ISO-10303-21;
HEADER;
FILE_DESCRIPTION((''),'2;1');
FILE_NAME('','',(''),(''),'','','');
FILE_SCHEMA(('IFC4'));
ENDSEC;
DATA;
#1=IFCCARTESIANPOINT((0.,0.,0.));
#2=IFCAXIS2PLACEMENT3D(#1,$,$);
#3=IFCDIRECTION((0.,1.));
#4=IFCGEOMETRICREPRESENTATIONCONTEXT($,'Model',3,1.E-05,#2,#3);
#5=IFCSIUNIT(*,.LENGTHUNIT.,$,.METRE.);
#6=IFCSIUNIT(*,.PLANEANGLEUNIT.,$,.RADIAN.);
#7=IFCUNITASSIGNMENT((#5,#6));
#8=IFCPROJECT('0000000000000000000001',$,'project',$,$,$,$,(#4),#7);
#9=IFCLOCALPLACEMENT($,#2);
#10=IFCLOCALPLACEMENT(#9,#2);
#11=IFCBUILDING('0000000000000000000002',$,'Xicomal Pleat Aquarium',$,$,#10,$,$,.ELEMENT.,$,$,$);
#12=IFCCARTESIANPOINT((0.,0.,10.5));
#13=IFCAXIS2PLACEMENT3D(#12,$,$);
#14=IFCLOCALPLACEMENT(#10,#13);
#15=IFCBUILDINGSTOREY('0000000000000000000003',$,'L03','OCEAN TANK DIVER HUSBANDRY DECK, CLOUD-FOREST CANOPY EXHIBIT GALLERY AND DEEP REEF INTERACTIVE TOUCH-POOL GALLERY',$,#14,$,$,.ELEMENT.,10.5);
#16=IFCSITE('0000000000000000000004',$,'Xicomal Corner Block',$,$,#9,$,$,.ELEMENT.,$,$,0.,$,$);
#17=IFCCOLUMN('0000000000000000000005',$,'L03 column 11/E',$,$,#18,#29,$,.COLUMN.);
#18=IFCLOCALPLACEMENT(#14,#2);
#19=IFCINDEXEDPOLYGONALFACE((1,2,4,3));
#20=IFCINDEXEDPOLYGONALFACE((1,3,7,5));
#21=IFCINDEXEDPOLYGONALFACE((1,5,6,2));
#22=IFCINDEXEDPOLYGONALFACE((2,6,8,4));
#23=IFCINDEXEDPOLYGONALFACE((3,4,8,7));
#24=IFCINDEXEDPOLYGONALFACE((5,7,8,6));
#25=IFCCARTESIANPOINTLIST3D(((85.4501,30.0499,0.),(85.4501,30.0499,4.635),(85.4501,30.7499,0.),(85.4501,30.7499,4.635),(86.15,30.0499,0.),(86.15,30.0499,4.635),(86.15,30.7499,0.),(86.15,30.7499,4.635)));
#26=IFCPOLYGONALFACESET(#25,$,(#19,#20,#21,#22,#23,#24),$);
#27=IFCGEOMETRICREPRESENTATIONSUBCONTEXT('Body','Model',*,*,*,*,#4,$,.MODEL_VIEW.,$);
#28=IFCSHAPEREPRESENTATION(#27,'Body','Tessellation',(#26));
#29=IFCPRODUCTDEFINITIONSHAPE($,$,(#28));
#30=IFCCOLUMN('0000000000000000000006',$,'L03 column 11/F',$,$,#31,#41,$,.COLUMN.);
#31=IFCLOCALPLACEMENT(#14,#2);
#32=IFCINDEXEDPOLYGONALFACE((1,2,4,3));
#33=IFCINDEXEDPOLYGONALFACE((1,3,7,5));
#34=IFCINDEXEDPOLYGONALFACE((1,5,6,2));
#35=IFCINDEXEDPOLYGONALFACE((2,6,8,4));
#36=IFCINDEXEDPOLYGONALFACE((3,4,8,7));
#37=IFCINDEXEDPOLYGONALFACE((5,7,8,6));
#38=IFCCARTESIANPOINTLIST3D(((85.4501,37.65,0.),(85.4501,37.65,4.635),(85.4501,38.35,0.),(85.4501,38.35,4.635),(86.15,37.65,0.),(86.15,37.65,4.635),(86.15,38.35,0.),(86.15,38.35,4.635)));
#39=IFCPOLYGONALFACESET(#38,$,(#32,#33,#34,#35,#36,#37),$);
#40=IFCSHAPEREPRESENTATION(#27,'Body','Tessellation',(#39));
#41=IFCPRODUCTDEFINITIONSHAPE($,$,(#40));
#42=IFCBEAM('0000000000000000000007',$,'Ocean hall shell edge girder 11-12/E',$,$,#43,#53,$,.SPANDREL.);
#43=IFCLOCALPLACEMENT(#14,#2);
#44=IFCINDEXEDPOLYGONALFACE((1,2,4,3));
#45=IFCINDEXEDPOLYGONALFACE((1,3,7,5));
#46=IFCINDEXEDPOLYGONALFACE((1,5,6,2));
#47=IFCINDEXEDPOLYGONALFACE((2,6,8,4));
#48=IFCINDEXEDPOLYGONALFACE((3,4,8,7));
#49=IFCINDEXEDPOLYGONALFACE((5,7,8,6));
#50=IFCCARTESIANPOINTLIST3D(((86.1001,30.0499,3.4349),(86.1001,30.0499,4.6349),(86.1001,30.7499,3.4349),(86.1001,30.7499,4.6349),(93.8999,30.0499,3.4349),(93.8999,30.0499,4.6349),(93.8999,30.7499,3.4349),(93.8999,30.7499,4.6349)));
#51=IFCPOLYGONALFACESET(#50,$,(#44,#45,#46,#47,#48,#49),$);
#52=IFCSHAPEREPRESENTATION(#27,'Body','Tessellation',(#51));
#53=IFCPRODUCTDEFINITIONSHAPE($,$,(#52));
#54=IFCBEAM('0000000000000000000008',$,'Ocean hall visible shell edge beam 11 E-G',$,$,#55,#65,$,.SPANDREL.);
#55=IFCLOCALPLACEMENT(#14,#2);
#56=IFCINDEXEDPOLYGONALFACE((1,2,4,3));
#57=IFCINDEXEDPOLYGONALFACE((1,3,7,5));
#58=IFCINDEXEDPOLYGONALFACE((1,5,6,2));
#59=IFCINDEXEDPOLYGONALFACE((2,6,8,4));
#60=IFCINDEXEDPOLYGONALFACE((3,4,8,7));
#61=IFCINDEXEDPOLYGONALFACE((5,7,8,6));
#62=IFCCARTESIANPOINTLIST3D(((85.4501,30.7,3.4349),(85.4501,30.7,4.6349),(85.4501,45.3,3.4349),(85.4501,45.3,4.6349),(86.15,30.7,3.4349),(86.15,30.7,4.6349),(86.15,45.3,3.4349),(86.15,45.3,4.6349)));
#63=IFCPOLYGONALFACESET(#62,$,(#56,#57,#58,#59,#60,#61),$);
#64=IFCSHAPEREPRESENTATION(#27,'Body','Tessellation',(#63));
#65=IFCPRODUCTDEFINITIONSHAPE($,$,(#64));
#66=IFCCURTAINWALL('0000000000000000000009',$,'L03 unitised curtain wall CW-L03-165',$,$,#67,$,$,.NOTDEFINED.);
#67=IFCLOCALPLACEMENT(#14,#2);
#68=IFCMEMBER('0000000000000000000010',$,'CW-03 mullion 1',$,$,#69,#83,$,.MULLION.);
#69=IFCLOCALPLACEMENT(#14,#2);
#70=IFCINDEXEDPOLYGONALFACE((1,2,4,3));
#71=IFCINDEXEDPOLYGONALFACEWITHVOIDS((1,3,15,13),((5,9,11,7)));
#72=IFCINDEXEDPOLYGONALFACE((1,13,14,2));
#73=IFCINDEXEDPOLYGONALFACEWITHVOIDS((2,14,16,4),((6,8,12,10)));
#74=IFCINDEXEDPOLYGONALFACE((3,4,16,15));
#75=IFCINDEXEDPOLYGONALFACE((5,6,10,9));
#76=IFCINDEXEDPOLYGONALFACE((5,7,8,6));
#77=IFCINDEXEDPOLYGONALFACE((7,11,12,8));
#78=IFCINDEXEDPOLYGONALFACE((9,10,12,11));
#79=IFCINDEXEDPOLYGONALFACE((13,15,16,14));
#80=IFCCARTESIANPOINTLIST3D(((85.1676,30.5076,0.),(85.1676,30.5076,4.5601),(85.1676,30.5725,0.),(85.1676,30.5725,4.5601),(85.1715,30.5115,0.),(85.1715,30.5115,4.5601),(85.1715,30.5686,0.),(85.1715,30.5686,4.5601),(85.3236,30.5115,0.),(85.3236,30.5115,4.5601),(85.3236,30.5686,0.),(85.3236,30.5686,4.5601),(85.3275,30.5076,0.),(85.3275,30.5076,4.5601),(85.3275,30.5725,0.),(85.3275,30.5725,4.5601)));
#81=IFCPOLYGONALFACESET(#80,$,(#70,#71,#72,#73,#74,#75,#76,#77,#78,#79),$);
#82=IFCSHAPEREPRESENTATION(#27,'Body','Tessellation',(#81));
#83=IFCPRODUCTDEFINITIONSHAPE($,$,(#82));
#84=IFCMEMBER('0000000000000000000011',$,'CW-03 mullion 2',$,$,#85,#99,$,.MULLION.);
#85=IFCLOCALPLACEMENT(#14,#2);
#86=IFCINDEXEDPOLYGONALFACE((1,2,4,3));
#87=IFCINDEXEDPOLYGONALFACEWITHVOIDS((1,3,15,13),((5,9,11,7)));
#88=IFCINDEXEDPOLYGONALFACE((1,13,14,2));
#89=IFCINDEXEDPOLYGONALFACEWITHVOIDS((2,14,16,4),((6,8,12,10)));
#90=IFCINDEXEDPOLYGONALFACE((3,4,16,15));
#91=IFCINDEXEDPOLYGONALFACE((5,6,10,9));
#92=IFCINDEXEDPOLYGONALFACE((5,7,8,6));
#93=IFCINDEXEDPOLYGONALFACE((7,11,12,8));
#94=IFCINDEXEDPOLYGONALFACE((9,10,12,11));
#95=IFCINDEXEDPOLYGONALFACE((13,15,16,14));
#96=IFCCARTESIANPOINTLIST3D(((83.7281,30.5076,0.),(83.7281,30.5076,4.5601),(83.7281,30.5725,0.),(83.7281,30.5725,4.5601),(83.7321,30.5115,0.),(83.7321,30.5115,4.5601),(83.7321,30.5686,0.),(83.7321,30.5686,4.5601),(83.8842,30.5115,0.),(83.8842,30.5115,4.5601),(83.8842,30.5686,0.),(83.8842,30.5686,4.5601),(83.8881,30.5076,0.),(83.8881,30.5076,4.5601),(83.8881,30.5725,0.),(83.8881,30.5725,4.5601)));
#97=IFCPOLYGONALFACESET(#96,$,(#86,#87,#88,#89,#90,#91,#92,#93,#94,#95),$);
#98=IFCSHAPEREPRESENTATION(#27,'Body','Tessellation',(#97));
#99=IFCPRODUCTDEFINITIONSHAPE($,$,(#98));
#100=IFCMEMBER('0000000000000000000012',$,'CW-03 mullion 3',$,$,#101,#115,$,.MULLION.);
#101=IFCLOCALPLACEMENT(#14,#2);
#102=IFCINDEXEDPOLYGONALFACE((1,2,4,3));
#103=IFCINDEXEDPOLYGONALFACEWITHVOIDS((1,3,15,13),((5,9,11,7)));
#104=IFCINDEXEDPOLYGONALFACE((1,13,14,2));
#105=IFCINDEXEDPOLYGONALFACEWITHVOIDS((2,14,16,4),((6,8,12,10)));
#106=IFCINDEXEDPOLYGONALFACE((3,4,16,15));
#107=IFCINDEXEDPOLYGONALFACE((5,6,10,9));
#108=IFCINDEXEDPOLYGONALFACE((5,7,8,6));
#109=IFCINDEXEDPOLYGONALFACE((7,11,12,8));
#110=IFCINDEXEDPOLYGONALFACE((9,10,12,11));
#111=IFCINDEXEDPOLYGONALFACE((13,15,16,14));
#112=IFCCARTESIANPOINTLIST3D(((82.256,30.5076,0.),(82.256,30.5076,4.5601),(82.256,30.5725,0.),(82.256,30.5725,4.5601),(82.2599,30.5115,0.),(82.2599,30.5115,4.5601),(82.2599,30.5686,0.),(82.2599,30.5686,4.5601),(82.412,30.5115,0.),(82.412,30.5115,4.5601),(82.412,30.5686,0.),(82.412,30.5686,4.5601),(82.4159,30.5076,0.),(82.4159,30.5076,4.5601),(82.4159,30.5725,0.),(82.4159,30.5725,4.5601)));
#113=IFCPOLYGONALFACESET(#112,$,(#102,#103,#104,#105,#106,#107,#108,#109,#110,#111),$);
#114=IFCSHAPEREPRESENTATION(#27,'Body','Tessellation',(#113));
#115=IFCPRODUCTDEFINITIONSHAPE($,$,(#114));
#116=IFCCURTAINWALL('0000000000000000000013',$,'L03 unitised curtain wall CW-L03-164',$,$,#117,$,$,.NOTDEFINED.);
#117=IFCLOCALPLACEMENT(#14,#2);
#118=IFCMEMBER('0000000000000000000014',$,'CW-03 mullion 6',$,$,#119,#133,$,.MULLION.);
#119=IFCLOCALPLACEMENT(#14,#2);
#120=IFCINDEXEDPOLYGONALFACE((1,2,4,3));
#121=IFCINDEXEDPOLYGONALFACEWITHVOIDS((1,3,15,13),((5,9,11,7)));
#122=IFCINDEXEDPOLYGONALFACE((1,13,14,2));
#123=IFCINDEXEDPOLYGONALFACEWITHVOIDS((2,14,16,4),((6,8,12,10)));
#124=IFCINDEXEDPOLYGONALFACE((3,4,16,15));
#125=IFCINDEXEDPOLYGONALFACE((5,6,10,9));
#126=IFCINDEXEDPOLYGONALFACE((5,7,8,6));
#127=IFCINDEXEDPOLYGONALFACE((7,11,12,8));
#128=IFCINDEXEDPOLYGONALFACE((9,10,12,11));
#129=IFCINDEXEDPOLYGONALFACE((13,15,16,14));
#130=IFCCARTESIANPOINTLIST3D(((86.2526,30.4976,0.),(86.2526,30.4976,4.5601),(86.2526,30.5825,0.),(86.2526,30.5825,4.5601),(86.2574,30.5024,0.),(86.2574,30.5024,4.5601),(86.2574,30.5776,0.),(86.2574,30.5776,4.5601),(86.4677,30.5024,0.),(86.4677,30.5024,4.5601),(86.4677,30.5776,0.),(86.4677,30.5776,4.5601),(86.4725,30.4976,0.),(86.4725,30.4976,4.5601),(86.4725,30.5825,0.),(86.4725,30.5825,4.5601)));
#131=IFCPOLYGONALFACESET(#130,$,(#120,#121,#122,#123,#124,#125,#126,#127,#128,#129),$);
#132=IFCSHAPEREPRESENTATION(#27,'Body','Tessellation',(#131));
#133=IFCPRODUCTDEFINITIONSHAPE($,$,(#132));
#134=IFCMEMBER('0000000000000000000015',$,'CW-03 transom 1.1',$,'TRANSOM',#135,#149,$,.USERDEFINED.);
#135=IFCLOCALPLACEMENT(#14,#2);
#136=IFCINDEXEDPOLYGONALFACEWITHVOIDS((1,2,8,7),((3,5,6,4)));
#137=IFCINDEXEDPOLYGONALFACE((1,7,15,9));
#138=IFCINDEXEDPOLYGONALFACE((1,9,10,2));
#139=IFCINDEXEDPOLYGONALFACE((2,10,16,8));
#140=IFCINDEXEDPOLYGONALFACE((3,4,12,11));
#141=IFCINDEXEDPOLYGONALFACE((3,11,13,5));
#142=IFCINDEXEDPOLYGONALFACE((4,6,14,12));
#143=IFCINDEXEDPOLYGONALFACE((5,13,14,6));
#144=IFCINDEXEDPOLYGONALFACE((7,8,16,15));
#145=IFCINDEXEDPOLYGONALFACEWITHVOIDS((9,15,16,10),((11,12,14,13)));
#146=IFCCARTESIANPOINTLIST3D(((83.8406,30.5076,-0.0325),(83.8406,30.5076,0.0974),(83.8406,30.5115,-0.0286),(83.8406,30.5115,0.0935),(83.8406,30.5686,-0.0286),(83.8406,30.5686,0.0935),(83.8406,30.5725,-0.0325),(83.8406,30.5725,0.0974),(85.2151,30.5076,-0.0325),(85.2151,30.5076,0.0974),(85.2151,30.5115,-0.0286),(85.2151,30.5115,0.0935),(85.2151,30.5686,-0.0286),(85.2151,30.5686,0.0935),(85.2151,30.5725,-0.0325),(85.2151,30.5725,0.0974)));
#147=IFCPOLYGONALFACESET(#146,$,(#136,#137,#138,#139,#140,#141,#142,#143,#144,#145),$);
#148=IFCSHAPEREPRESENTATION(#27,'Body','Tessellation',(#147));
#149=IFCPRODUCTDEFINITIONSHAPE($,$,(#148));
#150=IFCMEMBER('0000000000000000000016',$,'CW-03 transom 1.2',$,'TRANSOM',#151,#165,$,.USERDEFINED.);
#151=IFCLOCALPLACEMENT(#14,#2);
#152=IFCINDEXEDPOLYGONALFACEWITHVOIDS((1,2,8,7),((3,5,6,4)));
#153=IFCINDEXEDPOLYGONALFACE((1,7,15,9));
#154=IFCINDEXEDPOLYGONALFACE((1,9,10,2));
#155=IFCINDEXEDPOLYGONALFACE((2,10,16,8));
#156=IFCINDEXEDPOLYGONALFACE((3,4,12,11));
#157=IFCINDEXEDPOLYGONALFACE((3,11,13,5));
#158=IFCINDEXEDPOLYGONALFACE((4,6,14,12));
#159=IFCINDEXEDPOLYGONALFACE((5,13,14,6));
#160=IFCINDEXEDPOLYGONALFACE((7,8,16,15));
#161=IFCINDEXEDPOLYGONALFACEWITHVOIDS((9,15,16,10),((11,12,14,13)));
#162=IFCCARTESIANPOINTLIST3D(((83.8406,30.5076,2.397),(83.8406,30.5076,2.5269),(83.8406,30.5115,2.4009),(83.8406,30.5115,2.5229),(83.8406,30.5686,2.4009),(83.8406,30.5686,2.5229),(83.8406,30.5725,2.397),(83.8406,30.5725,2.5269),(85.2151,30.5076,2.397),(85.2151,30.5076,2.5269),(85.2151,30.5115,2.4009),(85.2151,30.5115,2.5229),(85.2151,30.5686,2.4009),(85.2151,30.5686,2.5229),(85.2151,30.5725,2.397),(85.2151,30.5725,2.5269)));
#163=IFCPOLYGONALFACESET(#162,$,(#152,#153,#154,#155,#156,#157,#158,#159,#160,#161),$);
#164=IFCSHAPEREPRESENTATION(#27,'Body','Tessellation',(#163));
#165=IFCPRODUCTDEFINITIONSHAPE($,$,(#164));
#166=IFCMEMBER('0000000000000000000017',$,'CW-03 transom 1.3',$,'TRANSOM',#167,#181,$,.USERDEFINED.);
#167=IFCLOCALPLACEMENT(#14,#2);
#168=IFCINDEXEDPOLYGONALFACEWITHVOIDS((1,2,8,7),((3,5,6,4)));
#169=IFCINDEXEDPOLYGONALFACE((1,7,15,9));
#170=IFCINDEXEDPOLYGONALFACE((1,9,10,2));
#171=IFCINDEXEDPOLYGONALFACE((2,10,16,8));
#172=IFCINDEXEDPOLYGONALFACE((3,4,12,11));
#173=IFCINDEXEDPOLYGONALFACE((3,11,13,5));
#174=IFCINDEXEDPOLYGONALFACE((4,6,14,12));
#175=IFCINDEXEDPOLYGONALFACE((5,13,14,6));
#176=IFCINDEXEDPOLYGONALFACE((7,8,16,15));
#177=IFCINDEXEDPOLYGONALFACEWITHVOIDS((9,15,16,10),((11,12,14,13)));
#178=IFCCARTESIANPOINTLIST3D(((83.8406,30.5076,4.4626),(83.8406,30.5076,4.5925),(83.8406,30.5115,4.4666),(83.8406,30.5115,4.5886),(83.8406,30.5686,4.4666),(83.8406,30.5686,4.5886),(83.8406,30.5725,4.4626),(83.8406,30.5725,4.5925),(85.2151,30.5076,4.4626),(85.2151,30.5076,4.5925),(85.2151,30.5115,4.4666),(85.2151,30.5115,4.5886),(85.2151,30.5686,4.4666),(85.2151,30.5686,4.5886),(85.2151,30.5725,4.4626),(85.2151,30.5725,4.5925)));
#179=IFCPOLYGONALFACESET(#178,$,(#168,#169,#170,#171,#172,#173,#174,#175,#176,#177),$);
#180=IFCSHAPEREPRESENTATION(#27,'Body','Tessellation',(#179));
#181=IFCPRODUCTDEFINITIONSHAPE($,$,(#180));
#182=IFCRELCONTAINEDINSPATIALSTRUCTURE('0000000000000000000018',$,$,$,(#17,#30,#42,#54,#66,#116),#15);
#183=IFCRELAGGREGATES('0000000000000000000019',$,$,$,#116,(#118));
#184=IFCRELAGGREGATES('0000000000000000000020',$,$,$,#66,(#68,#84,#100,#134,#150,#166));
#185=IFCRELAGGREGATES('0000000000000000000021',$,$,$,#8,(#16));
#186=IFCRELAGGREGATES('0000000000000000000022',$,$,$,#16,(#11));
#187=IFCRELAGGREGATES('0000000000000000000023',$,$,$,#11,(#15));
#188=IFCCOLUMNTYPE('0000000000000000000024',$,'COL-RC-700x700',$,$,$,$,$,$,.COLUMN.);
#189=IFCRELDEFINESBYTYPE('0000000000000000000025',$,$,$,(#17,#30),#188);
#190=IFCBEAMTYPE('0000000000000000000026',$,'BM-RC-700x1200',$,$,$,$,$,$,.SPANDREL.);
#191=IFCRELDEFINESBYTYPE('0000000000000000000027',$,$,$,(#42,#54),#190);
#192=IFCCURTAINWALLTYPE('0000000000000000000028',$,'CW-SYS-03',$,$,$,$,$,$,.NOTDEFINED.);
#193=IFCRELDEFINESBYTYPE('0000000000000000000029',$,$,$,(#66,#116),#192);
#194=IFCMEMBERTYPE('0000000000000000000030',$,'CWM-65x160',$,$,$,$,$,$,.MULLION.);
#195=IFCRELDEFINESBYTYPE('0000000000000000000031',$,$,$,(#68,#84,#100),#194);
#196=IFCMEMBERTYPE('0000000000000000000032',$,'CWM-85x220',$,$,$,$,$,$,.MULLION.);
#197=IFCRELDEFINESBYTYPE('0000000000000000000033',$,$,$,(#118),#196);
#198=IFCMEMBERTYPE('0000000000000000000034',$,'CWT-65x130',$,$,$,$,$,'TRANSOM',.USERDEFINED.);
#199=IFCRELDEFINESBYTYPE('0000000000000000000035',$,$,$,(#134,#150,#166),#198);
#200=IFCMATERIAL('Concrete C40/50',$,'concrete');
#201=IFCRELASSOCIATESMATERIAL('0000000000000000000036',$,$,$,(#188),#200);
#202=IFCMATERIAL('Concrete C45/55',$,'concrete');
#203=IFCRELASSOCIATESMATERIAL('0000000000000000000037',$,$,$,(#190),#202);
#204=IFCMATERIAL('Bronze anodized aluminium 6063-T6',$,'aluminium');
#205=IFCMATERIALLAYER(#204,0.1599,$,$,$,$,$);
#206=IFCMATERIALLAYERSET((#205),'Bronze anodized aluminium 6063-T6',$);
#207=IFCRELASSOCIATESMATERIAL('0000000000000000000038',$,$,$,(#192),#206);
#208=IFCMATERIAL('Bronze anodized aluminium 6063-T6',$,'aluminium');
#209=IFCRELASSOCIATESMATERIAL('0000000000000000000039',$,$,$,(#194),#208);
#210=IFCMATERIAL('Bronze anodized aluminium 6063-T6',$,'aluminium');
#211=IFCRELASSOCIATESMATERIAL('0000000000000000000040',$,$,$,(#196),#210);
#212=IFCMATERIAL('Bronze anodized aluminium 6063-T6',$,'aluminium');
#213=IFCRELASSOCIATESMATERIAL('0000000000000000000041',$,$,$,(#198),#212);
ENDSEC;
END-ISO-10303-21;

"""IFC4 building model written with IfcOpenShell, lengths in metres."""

from ifc_helpers import new_model, si_unit, direction, frame, origin, origin_2d, place, context, subcontext, project, spatial, rectangle, hollow_rectangle, extrude, material, layer, layer_set, material_profile, profile_set, type_object, element, aggregate, save


model = new_model("IFC4")

# Units and contexts
model_context = context("Model", 3, precision=1e-05, world=origin(), true_north=direction((0.0, 1.0)))
body_context = subcontext(model_context, "Body", "Model", "MODEL_VIEW")
ifc_project = project(units=[si_unit("LENGTHUNIT", "METRE"), si_unit("PLANEANGLEUNIT", "RADIAN")], contexts=[model_context])

# Site, building, storey
site_placement = place(None, origin())
site = spatial("IfcSite", under=ifc_project, at=site_placement, Name="Xicomal Corner Block", CompositionType="ELEMENT", RefElevation=0.0)
building_placement = place(site_placement, origin())
building = spatial("IfcBuilding", under=site, at=building_placement, Name="Xicomal Pleat Aquarium", CompositionType="ELEMENT")
storey_placement = place(building_placement, frame((0.0, 0.0, 10.5)))
storey = spatial("IfcBuildingStorey", under=building, at=storey_placement, Name="L03", Description="OCEAN TANK DIVER HUSBANDRY DECK, CLOUD-FOREST CANOPY EXHIBIT GALLERY AND DEEP REEF INTERACTIVE TOUCH-POOL GALLERY", CompositionType="ELEMENT", Elevation=10.5)

# Columns
ifc_material_1 = material(Name="Concrete C40/50", Category="concrete")
ifc_material_profile_1 = material_profile(ifc_material_1, rectangle(XDim=0.7, YDim=0.7, at=origin_2d()), Name="RC 700x700")
ifc_profile_set_1 = profile_set([ifc_material_profile_1], Name="Concrete C40/50")
column_type = type_object("IfcColumnType", Name="COL-RC-700x700", PredefinedType="COLUMN", material=ifc_profile_set_1)
for number, where, z_axis, x_axis, name in (
    (1, (85.8, 30.3999, 0.0), (0.0, 0.0, 1.0), (1.0, 0.0, 0.0), "L03 column 11/E"),
    (2, (85.8, 38.0, 0.0), (0.0, 0.0, 1.0), (1.0, 0.0, 0.0), "L03 column 11/F"),
):
    element("IfcColumn", number, at=place(storey_placement, frame(where, z_axis=z_axis, x_axis=x_axis)), inside=storey, type_object=column_type, Name=name, PredefinedType="COLUMN", context=body_context, shape_type="SweptSolid", body=[
        extrude(rectangle(XDim=0.7, YDim=0.7, at=origin_2d()), origin(), (0.0, 0.0, 1.0), 4.635),
    ])

# Beams
ifc_material_2 = material(Name="Concrete C45/55", Category="concrete")
ifc_material_profile_2 = material_profile(ifc_material_2, rectangle(XDim=0.7, YDim=1.2, at=origin_2d()), Name="RC 700x1200")
ifc_profile_set_2 = profile_set([ifc_material_profile_2], Name="Concrete C45/55")
beam_type = type_object("IfcBeamType", Name="BM-RC-700x1200", PredefinedType="SPANDREL", material=ifc_profile_set_2)
beam_1_placement = place(storey_placement, frame((86.1001, 30.3999, 4.0349), z_axis=(1.0, 0.0, 0.0), x_axis=(0.0, 1.0, 0.0)))
element("IfcBeam", 3, at=beam_1_placement, inside=storey, type_object=beam_type, Name="Ocean hall shell edge girder 11-12/E", PredefinedType="SPANDREL", context=body_context, shape_type="SweptSolid", body=[
    extrude(rectangle(XDim=0.7, YDim=1.2, at=origin_2d()), origin(), (0.0, 0.0, 1.0), 7.7998),
])
beam_2_placement = place(storey_placement, frame((85.8, 30.7, 4.0349), z_axis=(0.0, 1.0, 0.0), x_axis=(-1.0, 0.0, 0.0)))
element("IfcBeam", 4, at=beam_2_placement, inside=storey, type_object=beam_type, Name="Ocean hall visible shell edge beam 11 E-G", PredefinedType="SPANDREL", context=body_context, shape_type="SweptSolid", body=[
    extrude(rectangle(XDim=0.7, YDim=1.2, at=origin_2d()), origin(), (0.0, 0.0, 1.0), 14.6001),
])

# Curtain wall, members
ifc_material_3 = material(Name="Bronze anodized aluminium 6063-T6", Category="aluminium")
ifc_layer_1 = layer(ifc_material_3, 0.1599)
ifc_layer_set_1 = layer_set([ifc_layer_1], Name="Bronze anodized aluminium 6063-T6")
curtain_wall_type = type_object("IfcCurtainWallType", Name="CW-SYS-03", PredefinedType="NOTDEFINED", material=ifc_layer_set_1)
curtain_wall_1_placement = place(storey_placement, origin())
curtain_wall_1 = element("IfcCurtainWall", 5, at=curtain_wall_1_placement, inside=storey, type_object=curtain_wall_type, Name="L03 unitised curtain wall CW-L03-165", PredefinedType="NOTDEFINED")
ifc_material_4 = material(Name="Bronze anodized aluminium 6063-T6", Category="aluminium")
ifc_material_profile_3 = material_profile(ifc_material_4, hollow_rectangle(XDim=0.0649, YDim=0.1599, WallThickness=0.0039, at=origin_2d()), Name="ALU MULL 65x160")
ifc_profile_set_3 = profile_set([ifc_material_profile_3], Name="Bronze anodized aluminium 6063-T6")
member_type_1 = type_object("IfcMemberType", Name="CWM-65x160", PredefinedType="MULLION", material=ifc_profile_set_3)
member_1_placement = place(storey_placement, frame((85.2476, 30.54, 0.0), z_axis=(0.0, 0.0, 1.0), x_axis=(0.0, -1.0, 0.0)))
member_1 = element("IfcMember", 6, at=member_1_placement, type_object=member_type_1, Name="CW-03 mullion 1", PredefinedType="MULLION", context=body_context, shape_type="SweptSolid", body=[
    extrude(hollow_rectangle(XDim=0.0649, YDim=0.1599, WallThickness=0.0039, at=origin_2d()), origin(), (0.0, 0.0, 1.0), 4.5601),
])
member_2_placement = place(storey_placement, frame((83.8081, 30.54, 0.0), z_axis=(0.0, 0.0, 1.0), x_axis=(0.0, -1.0, 0.0)))
member_2 = element("IfcMember", 7, at=member_2_placement, type_object=member_type_1, Name="CW-03 mullion 2", PredefinedType="MULLION", context=body_context, shape_type="SweptSolid", body=[
    extrude(hollow_rectangle(XDim=0.0649, YDim=0.1599, WallThickness=0.0039, at=origin_2d()), origin(), (0.0, 0.0, 1.0), 4.5601),
])
member_3_placement = place(storey_placement, frame((82.3359, 30.54, 0.0), z_axis=(0.0, 0.0, 1.0), x_axis=(0.0, -1.0, 0.0)))
member_3 = element("IfcMember", 8, at=member_3_placement, type_object=member_type_1, Name="CW-03 mullion 3", PredefinedType="MULLION", context=body_context, shape_type="SweptSolid", body=[
    extrude(hollow_rectangle(XDim=0.0649, YDim=0.1599, WallThickness=0.0039, at=origin_2d()), origin(), (0.0, 0.0, 1.0), 4.5601),
])

# Curtain wall, member
curtain_wall_2_placement = place(storey_placement, origin())
curtain_wall_2 = element("IfcCurtainWall", 9, at=curtain_wall_2_placement, inside=storey, type_object=curtain_wall_type, Name="L03 unitised curtain wall CW-L03-164", PredefinedType="NOTDEFINED")
ifc_material_5 = material(Name="Bronze anodized aluminium 6063-T6", Category="aluminium")
ifc_material_profile_4 = material_profile(ifc_material_5, hollow_rectangle(XDim=0.085, YDim=0.22, WallThickness=0.0049, at=origin_2d()), Name="ALU MULL 85x220")
ifc_profile_set_4 = profile_set([ifc_material_profile_4], Name="Bronze anodized aluminium 6063-T6")
member_type_2 = type_object("IfcMemberType", Name="CWM-85x220", PredefinedType="MULLION", material=ifc_profile_set_4)
member_4_placement = place(storey_placement, frame((86.3625, 30.54, 0.0), z_axis=(0.0, 0.0, 1.0), x_axis=(0.0, -1.0, 0.0)))
member_4 = element("IfcMember", 10, at=member_4_placement, type_object=member_type_2, Name="CW-03 mullion 6", PredefinedType="MULLION", context=body_context, shape_type="SweptSolid", body=[
    extrude(hollow_rectangle(XDim=0.085, YDim=0.22, WallThickness=0.0049, at=origin_2d()), origin(), (0.0, 0.0, 1.0), 4.5601),
])
aggregate(curtain_wall_2, [member_4])

# Members
ifc_material_6 = material(Name="Bronze anodized aluminium 6063-T6", Category="aluminium")
ifc_material_profile_5 = material_profile(ifc_material_6, hollow_rectangle(XDim=0.0649, YDim=0.1299, WallThickness=0.0039, at=origin_2d()), Name="ALU TRAN 65x130")
ifc_profile_set_5 = profile_set([ifc_material_profile_5], Name="Bronze anodized aluminium 6063-T6")
member_type_3 = type_object("IfcMemberType", Name="CWT-65x130", ElementType="TRANSOM", PredefinedType="USERDEFINED", material=ifc_profile_set_5)
member_5_placement = place(storey_placement, frame((85.2151, 30.54, 0.0325), z_axis=(-1.0, 0.0, 0.0), x_axis=(0.0, -1.0, 0.0)))
member_5 = element("IfcMember", 11, at=member_5_placement, type_object=member_type_3, Name="CW-03 transom 1.1", ObjectType="TRANSOM", PredefinedType="USERDEFINED", context=body_context, shape_type="SweptSolid", body=[
    extrude(hollow_rectangle(XDim=0.0649, YDim=0.1299, WallThickness=0.0039, at=origin_2d()), origin(), (0.0, 0.0, 1.0), 1.3745),
])
member_6_placement = place(storey_placement, frame((85.2151, 30.54, 2.4619), z_axis=(-1.0, 0.0, 0.0), x_axis=(0.0, -1.0, 0.0)))
member_6 = element("IfcMember", 12, at=member_6_placement, type_object=member_type_3, Name="CW-03 transom 1.2", ObjectType="TRANSOM", PredefinedType="USERDEFINED", context=body_context, shape_type="SweptSolid", body=[
    extrude(hollow_rectangle(XDim=0.0649, YDim=0.1299, WallThickness=0.0039, at=origin_2d()), origin(), (0.0, 0.0, 1.0), 1.3745),
])
member_7_placement = place(storey_placement, frame((85.2151, 30.54, 4.5276), z_axis=(-1.0, 0.0, 0.0), x_axis=(0.0, -1.0, 0.0)))
member_7 = element("IfcMember", 13, at=member_7_placement, type_object=member_type_3, Name="CW-03 transom 1.3", ObjectType="TRANSOM", PredefinedType="USERDEFINED", context=body_context, shape_type="SweptSolid", body=[
    extrude(hollow_rectangle(XDim=0.0649, YDim=0.1299, WallThickness=0.0039, at=origin_2d()), origin(), (0.0, 0.0, 1.0), 1.3745),
])

aggregate(curtain_wall_1, [member_1, member_2, member_3, member_5, member_6, member_7])

save(model, "model.ifc")
